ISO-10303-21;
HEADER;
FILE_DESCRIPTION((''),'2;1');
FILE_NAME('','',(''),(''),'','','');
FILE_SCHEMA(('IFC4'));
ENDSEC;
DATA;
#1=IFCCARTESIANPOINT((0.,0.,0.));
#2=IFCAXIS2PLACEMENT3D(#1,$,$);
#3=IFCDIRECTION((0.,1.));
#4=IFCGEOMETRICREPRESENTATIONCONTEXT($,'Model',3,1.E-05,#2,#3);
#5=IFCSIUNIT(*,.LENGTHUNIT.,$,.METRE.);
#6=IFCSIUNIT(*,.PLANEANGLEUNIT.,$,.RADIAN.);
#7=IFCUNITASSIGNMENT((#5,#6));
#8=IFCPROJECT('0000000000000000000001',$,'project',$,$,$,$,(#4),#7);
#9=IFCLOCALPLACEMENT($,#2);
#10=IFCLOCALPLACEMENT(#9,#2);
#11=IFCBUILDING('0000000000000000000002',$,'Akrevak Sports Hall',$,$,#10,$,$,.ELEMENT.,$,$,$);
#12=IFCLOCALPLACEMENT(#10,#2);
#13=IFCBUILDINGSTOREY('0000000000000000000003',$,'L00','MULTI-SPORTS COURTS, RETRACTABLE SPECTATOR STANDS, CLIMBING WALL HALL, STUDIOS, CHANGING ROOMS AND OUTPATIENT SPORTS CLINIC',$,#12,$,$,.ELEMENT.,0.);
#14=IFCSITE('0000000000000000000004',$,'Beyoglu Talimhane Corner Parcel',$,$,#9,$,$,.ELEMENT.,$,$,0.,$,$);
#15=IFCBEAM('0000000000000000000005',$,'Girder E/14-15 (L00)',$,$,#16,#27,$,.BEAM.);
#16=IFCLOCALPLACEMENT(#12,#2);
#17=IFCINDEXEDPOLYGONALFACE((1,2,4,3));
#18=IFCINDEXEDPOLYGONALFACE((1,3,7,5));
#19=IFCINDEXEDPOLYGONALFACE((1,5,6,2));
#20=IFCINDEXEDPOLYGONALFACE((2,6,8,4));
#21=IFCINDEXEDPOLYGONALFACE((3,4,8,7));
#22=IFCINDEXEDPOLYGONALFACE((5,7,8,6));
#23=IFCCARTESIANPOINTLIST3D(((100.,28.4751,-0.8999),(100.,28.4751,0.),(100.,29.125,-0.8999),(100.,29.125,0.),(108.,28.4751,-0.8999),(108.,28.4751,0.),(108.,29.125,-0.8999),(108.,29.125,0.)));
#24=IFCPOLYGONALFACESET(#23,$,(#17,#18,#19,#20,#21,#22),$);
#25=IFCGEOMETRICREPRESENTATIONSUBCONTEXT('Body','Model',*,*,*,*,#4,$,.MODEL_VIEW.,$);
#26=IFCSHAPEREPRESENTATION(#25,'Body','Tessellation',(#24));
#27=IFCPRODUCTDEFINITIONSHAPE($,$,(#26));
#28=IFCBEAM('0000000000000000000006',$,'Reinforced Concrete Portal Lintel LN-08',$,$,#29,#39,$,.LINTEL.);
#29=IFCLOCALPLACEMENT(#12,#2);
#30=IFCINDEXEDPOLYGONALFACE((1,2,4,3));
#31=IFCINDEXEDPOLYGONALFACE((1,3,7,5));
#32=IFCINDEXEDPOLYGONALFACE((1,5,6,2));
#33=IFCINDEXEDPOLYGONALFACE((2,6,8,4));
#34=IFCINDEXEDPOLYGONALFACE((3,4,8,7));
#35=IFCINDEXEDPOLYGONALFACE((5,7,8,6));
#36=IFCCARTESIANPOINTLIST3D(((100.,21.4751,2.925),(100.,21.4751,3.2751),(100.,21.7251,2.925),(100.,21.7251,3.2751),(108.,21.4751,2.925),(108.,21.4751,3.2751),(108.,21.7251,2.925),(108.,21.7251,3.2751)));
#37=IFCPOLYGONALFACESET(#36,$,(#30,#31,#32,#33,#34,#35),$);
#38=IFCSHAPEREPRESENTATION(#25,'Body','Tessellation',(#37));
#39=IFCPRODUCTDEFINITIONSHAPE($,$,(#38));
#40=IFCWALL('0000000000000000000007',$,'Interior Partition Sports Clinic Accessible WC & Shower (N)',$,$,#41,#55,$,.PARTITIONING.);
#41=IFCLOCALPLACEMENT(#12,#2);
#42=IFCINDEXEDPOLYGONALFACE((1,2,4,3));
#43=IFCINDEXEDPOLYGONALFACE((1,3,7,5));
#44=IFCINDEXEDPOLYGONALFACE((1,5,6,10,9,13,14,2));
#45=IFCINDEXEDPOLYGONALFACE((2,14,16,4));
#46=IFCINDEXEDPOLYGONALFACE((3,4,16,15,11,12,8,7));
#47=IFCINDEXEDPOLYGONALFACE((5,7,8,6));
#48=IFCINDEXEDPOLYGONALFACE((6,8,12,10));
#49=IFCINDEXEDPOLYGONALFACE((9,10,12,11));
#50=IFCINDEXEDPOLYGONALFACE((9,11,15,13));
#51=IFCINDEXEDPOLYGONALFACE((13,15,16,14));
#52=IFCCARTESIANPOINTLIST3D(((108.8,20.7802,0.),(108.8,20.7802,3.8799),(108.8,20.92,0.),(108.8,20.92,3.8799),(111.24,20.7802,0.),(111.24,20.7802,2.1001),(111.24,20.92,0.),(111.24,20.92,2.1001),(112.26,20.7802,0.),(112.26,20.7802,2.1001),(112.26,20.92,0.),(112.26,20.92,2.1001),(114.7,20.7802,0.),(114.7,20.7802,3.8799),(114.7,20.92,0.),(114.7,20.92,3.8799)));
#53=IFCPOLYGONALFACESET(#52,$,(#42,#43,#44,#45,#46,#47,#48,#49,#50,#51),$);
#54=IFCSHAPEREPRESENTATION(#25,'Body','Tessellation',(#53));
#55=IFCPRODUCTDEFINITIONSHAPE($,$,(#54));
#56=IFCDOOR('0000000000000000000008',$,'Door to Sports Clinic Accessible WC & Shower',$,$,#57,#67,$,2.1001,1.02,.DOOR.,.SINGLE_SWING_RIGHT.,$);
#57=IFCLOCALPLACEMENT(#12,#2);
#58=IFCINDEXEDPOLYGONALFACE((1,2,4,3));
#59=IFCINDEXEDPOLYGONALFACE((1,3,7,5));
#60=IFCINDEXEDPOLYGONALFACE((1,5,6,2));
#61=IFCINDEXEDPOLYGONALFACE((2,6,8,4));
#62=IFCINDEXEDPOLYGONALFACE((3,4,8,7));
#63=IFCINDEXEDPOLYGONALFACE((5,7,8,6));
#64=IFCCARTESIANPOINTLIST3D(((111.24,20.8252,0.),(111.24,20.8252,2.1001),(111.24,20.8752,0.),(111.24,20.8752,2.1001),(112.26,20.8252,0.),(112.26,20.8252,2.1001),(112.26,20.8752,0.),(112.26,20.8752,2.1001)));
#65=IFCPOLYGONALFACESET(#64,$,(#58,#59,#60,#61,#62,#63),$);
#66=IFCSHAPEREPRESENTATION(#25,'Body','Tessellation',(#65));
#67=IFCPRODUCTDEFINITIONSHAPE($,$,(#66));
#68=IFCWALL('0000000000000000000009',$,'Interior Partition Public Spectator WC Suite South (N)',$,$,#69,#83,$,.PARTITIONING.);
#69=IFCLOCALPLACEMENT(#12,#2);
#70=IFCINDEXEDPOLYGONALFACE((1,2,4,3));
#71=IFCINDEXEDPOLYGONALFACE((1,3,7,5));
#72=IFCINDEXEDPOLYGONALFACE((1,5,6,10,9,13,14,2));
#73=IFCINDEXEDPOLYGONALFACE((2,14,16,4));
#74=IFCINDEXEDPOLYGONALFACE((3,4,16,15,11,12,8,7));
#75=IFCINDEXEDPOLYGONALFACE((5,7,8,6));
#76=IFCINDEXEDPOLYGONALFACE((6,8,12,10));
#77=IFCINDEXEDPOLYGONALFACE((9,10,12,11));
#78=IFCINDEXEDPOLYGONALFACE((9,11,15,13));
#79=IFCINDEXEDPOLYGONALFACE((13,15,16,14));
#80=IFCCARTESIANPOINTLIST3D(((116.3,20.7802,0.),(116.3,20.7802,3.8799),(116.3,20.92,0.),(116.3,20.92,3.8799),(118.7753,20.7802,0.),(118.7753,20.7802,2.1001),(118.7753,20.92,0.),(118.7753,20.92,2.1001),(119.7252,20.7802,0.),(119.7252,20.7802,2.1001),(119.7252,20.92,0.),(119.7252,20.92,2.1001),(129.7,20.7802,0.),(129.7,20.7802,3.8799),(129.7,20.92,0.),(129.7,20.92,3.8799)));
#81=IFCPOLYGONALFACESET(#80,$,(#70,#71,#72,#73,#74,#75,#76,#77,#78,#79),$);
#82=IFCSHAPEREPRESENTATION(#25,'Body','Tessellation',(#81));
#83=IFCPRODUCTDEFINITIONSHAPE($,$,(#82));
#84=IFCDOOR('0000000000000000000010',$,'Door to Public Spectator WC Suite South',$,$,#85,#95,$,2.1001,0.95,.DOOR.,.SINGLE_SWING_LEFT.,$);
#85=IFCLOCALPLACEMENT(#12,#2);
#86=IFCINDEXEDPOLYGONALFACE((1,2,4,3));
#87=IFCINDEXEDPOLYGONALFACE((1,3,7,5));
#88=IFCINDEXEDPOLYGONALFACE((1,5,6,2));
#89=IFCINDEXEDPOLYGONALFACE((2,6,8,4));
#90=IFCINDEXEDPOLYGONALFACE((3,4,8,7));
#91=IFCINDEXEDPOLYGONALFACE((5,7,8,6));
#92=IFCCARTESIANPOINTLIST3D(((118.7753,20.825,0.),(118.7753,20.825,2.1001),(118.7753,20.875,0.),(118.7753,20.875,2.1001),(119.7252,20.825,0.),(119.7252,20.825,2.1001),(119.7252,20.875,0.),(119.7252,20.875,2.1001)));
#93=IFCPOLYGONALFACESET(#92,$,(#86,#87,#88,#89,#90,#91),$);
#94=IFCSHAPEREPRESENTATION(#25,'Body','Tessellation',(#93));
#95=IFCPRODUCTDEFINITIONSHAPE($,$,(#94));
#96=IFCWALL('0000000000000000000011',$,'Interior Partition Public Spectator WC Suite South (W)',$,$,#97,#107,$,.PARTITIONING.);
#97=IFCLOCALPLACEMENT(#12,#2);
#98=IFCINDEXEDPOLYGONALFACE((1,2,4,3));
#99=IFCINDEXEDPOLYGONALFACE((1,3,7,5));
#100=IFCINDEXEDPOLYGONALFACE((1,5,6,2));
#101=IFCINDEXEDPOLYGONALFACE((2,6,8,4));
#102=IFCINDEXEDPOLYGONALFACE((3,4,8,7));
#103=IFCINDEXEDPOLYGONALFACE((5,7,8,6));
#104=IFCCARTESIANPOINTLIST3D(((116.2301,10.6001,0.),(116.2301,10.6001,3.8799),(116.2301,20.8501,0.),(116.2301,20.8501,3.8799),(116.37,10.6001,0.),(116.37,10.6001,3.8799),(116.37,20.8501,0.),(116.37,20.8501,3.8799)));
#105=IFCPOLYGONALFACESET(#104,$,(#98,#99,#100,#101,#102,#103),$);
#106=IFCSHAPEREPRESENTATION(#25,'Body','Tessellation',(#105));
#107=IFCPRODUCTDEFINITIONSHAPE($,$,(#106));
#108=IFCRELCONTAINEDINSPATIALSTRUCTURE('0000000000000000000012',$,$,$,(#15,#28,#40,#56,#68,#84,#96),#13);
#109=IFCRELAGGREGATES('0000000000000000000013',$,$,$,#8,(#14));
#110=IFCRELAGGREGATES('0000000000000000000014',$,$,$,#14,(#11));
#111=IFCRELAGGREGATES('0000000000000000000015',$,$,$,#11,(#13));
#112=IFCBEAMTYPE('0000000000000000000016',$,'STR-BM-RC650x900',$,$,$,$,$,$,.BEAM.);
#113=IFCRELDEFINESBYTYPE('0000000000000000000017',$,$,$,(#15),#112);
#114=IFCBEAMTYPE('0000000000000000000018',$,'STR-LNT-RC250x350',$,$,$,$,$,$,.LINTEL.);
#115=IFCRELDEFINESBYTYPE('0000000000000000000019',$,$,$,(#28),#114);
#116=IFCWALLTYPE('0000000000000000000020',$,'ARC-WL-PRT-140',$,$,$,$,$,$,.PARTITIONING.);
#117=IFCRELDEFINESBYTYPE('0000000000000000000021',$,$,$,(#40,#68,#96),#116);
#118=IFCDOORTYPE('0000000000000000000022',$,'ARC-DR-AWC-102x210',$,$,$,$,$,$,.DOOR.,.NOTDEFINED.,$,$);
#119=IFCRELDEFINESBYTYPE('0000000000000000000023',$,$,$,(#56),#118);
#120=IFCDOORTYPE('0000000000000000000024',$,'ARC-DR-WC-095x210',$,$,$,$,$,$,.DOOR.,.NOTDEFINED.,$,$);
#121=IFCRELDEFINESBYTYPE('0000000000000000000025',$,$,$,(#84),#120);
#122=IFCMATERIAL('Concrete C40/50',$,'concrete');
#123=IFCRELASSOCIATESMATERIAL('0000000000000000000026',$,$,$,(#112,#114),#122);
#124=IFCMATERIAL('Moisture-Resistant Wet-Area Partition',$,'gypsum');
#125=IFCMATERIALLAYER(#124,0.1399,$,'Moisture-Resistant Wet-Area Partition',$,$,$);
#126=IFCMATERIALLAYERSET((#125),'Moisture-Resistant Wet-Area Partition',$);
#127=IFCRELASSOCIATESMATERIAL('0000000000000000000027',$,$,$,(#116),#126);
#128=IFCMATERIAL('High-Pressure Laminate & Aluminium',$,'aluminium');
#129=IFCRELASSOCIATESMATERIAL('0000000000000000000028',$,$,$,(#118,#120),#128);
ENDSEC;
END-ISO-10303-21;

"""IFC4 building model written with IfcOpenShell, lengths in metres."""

from ifc_helpers import new_model, si_unit, direction, frame, frame_2d, origin, origin_2d, place, context, subcontext, project, spatial, rectangle, extrude, material, layer, layer_set, material_profile, profile_set, type_object, element, fill, save


model = new_model("IFC4")

# Units and contexts
model_context = context("Model", 3, precision=1e-05, world=origin(), true_north=direction((0.0, 1.0)))
body_context = subcontext(model_context, "Body", "Model", "MODEL_VIEW")
ifc_project = project(units=[si_unit("LENGTHUNIT", "METRE"), si_unit("PLANEANGLEUNIT", "RADIAN")], contexts=[model_context])

# Site, building, storey
site_placement = place(None, origin())
site = spatial("IfcSite", under=ifc_project, at=site_placement, Name="Beyoglu Talimhane Corner Parcel", CompositionType="ELEMENT", RefElevation=0.0)
building_placement = place(site_placement, origin())
building = spatial("IfcBuilding", under=site, at=building_placement, Name="Akrevak Sports Hall", CompositionType="ELEMENT")
storey_placement = place(building_placement, origin())
storey = spatial("IfcBuildingStorey", under=building, at=storey_placement, Name="L00", Description="MULTI-SPORTS COURTS, RETRACTABLE SPECTATOR STANDS, CLIMBING WALL HALL, STUDIOS, CHANGING ROOMS AND OUTPATIENT SPORTS CLINIC", CompositionType="ELEMENT", Elevation=0.0)

# Shared definitions
ifc_material_1 = material(Name="Concrete C40/50", Category="concrete")

# Beams
ifc_material_profile_1 = material_profile(ifc_material_1, rectangle(XDim=0.6499, YDim=0.8999, at=origin_2d()), Name="BM 650x900", Category="concrete")
ifc_profile_set_1 = profile_set([ifc_material_profile_1], Name="Concrete C40/50")
beam_type_1 = type_object("IfcBeamType", Name="STR-BM-RC650x900", PredefinedType="BEAM", material=ifc_profile_set_1)
beam_1_placement = place(storey_placement, frame((100.0, 28.8, -0.45), z_axis=(1.0, 0.0, 0.0), x_axis=(0.0, 1.0, 0.0)))
element("IfcBeam", 1, at=beam_1_placement, inside=storey, type_object=beam_type_1, Name="Girder E/14-15 (L00)", PredefinedType="BEAM", context=body_context, shape_type="SweptSolid", body=[
    extrude(rectangle(XDim=0.6499, YDim=0.8999, at=origin_2d()), origin(), (0.0, 0.0, 1.0), 8.0),
])
ifc_material_profile_2 = material_profile(ifc_material_1, rectangle(XDim=0.25, YDim=0.3501, at=origin_2d()), Name="LNT 250x350", Category="concrete")
ifc_profile_set_2 = profile_set([ifc_material_profile_2], Name="Concrete C40/50")
beam_type_2 = type_object("IfcBeamType", Name="STR-LNT-RC250x350", PredefinedType="LINTEL", material=ifc_profile_set_2)
beam_2_placement = place(storey_placement, frame((100.0, 21.6001, 3.1001), z_axis=(1.0, 0.0, 0.0), x_axis=(0.0, 1.0, 0.0)))
element("IfcBeam", 2, at=beam_2_placement, inside=storey, type_object=beam_type_2, Name="Reinforced Concrete Portal Lintel LN-08", PredefinedType="LINTEL", context=body_context, shape_type="SweptSolid", body=[
    extrude(rectangle(XDim=0.25, YDim=0.3501, at=origin_2d()), origin(), (0.0, 0.0, 1.0), 8.0),
])

# Walls, openings, doors
ifc_material_2 = material(Name="Moisture-Resistant Wet-Area Partition", Category="gypsum")
ifc_layer = layer(ifc_material_2, 0.1399, Name="Moisture-Resistant Wet-Area Partition")
ifc_layer_set = layer_set([ifc_layer], Name="Moisture-Resistant Wet-Area Partition")
wall_type = type_object("IfcWallType", Name="ARC-WL-PRT-140", PredefinedType="PARTITIONING", material=ifc_layer_set)
wall_1_placement = place(storey_placement, frame((108.8, 20.8501, 0.0), z_axis=(0.0, 0.0, 1.0), x_axis=(1.0, 0.0, 0.0)))
wall_1 = element("IfcWall", 3, at=wall_1_placement, inside=storey, type_object=wall_type, Name="Interior Partition Sports Clinic Accessible WC & Shower (N)", PredefinedType="PARTITIONING", context=body_context, shape_type="SweptSolid", body=[
    extrude(rectangle(XDim=5.8999, YDim=0.1399, at=frame_2d((2.95, 0.0))), origin(), (0.0, 0.0, 1.0), 3.8799),
])
opening_1_placement = place(wall_1_placement, frame((2.4399, 0.0, 0.0)))
opening_1 = element("IfcOpeningElement", 4, at=opening_1_placement, cuts=wall_1, PredefinedType="OPENING", context=body_context, shape_type="SweptSolid", body=[
    extrude(rectangle(XDim=1.02, YDim=2.1001, at=frame_2d((0.51, 1.05))), frame((0.0, 0.082, 0.0), z_axis=(0.0, -1.0, 0.0), x_axis=(1.0, 0.0, 0.0)), (0.0, 0.0, 1.0), 0.1638),
])
ifc_material_3 = material(Name="High-Pressure Laminate & Aluminium", Category="aluminium")
door_type_1 = type_object("IfcDoorType", Name="ARC-DR-AWC-102x210", OperationType="NOTDEFINED", PredefinedType="DOOR", material=ifc_material_3)
door_1_placement = place(opening_1_placement, frame((1.02, 0.0, 0.0), z_axis=(0.0, 0.0, 1.0), x_axis=(-1.0, 0.0, 0.0)))
door_1 = element("IfcDoor", 5, at=door_1_placement, inside=storey, type_object=door_type_1, Name="Door to Sports Clinic Accessible WC & Shower", OperationType="SINGLE_SWING_RIGHT", OverallHeight=2.1001, OverallWidth=1.02, PredefinedType="DOOR", context=body_context, shape_type="SweptSolid", body=[
    extrude(rectangle(XDim=1.02, YDim=2.1001, at=frame_2d((0.51, 1.05))), frame((0.0, 0.0249, 0.0), z_axis=(0.0, -1.0, 0.0), x_axis=(1.0, 0.0, 0.0)), (0.0, 0.0, 1.0), 0.05),
])
fill(opening_1, door_1)
wall_2_placement = place(storey_placement, frame((116.3, 20.8501, 0.0), z_axis=(0.0, 0.0, 1.0), x_axis=(1.0, 0.0, 0.0)))
wall_2 = element("IfcWall", 6, at=wall_2_placement, inside=storey, type_object=wall_type, Name="Interior Partition Public Spectator WC Suite South (N)", PredefinedType="PARTITIONING", context=body_context, shape_type="SweptSolid", body=[
    extrude(rectangle(XDim=13.3999, YDim=0.1399, at=frame_2d((6.7, 0.0))), origin(), (0.0, 0.0, 1.0), 3.8799),
])
opening_2_placement = place(wall_2_placement, frame((2.4751, 0.0, 0.0)))
opening_2 = element("IfcOpeningElement", 7, at=opening_2_placement, cuts=wall_2, PredefinedType="OPENING", context=body_context, shape_type="SweptSolid", body=[
    extrude(rectangle(XDim=0.95, YDim=2.1001, at=frame_2d((0.4751, 1.05))), frame((0.0, 0.082, 0.0), z_axis=(0.0, -1.0, 0.0), x_axis=(1.0, 0.0, 0.0)), (0.0, 0.0, 1.0), 0.1638),
])
door_type_2 = type_object("IfcDoorType", Name="ARC-DR-WC-095x210", OperationType="NOTDEFINED", PredefinedType="DOOR", material=ifc_material_3)
door_2_placement = place(opening_2_placement, origin())
door_2 = element("IfcDoor", 8, at=door_2_placement, inside=storey, type_object=door_type_2, Name="Door to Public Spectator WC Suite South", OperationType="SINGLE_SWING_LEFT", OverallHeight=2.1001, OverallWidth=0.95, PredefinedType="DOOR", context=body_context, shape_type="SweptSolid", body=[
    extrude(rectangle(XDim=0.95, YDim=2.1001, at=frame_2d((0.4751, 1.05))), frame((0.0, 0.0249, 0.0), z_axis=(0.0, -1.0, 0.0), x_axis=(1.0, 0.0, 0.0)), (0.0, 0.0, 1.0), 0.05),
])
fill(opening_2, door_2)

# Wall
wall_3_placement = place(storey_placement, frame((116.3, 10.6001, 0.0), z_axis=(0.0, 0.0, 1.0), x_axis=(0.0, 1.0, 0.0)))
element("IfcWall", 9, at=wall_3_placement, inside=storey, type_object=wall_type, Name="Interior Partition Public Spectator WC Suite South (W)", PredefinedType="PARTITIONING", context=body_context, shape_type="SweptSolid", body=[
    extrude(rectangle(XDim=10.25, YDim=0.1399, at=frame_2d((5.125, 0.0))), origin(), (0.0, 0.0, 1.0), 3.8799),
])

save(model, "model.ifc")
